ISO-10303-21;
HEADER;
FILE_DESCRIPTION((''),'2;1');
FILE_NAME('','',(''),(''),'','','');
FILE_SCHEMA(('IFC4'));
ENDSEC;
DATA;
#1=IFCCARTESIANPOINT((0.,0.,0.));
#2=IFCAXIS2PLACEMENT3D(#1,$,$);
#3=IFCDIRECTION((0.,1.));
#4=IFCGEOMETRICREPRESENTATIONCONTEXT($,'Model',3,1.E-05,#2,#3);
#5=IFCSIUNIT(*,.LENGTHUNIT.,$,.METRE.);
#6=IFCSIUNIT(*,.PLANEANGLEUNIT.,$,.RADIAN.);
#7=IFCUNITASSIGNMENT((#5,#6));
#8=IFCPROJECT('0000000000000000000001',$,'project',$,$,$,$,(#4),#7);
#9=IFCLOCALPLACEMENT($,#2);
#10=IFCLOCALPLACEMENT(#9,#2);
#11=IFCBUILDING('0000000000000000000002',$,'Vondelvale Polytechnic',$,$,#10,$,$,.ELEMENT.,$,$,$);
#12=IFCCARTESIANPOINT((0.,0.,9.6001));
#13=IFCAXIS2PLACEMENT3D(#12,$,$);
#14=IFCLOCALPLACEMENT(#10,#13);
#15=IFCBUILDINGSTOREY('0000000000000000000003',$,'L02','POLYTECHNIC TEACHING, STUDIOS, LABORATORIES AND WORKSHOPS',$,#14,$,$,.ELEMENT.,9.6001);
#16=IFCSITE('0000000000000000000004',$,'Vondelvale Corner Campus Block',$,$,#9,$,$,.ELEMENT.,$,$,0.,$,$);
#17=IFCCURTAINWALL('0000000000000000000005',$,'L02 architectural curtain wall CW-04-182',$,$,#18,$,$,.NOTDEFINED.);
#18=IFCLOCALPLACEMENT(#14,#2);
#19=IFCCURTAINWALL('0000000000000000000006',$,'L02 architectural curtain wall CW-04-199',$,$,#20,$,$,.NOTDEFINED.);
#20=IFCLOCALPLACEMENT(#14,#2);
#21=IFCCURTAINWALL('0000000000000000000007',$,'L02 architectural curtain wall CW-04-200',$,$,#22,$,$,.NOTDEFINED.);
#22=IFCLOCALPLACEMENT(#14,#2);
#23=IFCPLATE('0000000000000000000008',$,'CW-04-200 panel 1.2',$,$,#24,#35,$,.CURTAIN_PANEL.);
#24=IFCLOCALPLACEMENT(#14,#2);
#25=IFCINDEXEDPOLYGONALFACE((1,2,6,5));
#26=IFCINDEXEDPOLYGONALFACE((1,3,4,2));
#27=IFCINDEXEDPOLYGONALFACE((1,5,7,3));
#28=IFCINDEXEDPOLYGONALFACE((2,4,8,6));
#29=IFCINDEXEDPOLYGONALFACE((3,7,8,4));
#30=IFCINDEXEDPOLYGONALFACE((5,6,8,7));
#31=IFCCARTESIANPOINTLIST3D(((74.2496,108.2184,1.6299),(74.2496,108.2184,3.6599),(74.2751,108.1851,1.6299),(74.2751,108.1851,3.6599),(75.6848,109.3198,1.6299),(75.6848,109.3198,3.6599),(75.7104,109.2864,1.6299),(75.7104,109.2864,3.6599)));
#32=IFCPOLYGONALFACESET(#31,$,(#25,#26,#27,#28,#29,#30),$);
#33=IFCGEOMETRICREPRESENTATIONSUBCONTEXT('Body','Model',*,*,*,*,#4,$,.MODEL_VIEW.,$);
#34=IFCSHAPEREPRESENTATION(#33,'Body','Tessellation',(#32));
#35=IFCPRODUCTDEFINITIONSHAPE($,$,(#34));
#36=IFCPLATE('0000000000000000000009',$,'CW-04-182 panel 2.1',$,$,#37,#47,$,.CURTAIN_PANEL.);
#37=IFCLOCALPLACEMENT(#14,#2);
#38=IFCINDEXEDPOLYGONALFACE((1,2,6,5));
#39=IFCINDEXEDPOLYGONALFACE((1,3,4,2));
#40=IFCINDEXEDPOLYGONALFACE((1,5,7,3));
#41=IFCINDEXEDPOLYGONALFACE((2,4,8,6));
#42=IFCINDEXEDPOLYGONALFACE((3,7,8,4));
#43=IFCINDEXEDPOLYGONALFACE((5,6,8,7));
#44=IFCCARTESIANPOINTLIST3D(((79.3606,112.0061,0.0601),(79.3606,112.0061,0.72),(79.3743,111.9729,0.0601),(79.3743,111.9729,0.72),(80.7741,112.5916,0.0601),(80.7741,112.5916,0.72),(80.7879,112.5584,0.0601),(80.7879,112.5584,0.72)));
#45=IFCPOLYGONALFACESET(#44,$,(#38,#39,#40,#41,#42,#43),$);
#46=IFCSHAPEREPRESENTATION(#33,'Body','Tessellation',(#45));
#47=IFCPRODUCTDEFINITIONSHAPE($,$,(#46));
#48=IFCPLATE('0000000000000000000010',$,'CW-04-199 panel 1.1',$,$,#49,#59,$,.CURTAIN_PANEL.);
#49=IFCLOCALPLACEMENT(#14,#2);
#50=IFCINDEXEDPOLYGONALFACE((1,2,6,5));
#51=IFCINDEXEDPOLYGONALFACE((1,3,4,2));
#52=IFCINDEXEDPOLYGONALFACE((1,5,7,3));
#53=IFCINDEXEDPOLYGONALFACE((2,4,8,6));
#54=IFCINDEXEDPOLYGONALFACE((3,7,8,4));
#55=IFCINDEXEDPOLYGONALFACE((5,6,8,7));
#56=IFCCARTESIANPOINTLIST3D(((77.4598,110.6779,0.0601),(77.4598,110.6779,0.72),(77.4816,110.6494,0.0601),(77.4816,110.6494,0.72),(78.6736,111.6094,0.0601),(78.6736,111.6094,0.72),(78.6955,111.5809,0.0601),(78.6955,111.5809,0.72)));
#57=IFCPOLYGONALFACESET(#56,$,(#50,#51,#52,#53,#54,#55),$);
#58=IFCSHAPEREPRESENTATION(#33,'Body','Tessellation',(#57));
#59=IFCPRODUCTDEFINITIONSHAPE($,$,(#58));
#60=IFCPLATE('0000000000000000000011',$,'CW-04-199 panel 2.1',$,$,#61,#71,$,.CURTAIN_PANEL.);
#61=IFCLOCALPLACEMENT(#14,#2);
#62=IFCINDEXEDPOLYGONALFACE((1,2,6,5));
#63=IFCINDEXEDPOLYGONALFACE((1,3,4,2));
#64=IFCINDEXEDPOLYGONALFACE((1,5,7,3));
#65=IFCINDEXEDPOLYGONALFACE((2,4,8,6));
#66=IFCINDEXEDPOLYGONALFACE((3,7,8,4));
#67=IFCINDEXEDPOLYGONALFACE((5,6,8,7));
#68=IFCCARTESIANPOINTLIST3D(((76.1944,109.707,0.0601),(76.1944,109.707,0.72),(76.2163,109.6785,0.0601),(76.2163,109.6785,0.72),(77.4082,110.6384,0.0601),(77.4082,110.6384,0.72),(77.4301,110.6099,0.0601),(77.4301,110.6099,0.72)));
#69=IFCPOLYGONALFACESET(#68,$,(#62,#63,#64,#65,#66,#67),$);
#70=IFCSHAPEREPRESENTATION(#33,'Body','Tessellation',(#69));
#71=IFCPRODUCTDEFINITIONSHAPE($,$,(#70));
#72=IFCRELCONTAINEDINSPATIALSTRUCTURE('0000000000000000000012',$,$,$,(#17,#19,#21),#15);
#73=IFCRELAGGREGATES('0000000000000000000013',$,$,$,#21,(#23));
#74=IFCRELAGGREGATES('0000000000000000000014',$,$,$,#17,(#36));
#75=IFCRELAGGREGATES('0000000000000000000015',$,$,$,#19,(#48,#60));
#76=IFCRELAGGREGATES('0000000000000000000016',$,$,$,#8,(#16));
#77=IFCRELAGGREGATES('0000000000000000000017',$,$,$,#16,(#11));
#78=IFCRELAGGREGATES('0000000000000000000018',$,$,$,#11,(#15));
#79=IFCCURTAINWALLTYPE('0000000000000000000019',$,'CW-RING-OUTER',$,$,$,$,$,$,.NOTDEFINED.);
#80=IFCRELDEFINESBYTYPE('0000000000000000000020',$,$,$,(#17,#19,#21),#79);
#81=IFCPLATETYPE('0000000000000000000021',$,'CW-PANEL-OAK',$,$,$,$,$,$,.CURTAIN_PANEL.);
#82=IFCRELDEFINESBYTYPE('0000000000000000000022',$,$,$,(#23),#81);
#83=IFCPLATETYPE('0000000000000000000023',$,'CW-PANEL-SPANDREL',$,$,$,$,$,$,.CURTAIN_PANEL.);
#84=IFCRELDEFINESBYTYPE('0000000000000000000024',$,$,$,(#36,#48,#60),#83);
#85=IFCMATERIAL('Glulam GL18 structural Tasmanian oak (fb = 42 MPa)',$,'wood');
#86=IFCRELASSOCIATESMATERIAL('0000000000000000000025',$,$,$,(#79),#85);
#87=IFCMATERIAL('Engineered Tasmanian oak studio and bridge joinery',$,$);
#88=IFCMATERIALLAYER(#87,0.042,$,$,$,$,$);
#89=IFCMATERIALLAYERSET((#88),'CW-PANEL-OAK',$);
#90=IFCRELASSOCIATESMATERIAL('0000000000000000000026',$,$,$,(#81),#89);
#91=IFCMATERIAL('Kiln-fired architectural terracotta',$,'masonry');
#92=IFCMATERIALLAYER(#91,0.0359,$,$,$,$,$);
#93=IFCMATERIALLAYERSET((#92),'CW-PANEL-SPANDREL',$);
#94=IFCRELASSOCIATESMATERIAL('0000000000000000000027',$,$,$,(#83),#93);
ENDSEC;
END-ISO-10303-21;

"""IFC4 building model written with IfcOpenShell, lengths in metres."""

from ifc_helpers import new_model, si_unit, direction, frame, origin, origin_2d, place, context, subcontext, project, spatial, rectangle, extrude, material, layer, layer_set, type_object, element, aggregate, save


model = new_model("IFC4")

# Units and contexts
model_context = context("Model", 3, precision=1e-05, world=origin(), true_north=direction((0.0, 1.0)))
body_context = subcontext(model_context, "Body", "Model", "MODEL_VIEW")
ifc_project = project(units=[si_unit("LENGTHUNIT", "METRE"), si_unit("PLANEANGLEUNIT", "RADIAN")], contexts=[model_context])

# Site, building, storey
site_placement = place(None, origin())
site = spatial("IfcSite", under=ifc_project, at=site_placement, Name="Vondelvale Corner Campus Block", CompositionType="ELEMENT", RefElevation=0.0)
building_placement = place(site_placement, origin())
building = spatial("IfcBuilding", under=site, at=building_placement, Name="Vondelvale Polytechnic", CompositionType="ELEMENT")
storey_placement = place(building_placement, frame((0.0, 0.0, 9.6001)))
storey = spatial("IfcBuildingStorey", under=building, at=storey_placement, Name="L02", Description="POLYTECHNIC TEACHING, STUDIOS, LABORATORIES AND WORKSHOPS", CompositionType="ELEMENT", Elevation=9.6001)

# Shared definitions
ifc_material_1 = material(Name="Glulam GL18 structural Tasmanian oak (fb = 42 MPa)", Category="wood")

# Curtain wall
curtain_wall_type = type_object("IfcCurtainWallType", Name="CW-RING-OUTER", PredefinedType="NOTDEFINED", material=ifc_material_1)
curtain_wall_1_placement = place(storey_placement, origin())
curtain_wall_1 = element("IfcCurtainWall", 1, at=curtain_wall_1_placement, inside=storey, type_object=curtain_wall_type, Name="L02 architectural curtain wall CW-04-182", PredefinedType="NOTDEFINED")

# Curtain wall
curtain_wall_2_placement = place(storey_placement, origin())
curtain_wall_2 = element("IfcCurtainWall", 2, at=curtain_wall_2_placement, inside=storey, type_object=curtain_wall_type, Name="L02 architectural curtain wall CW-04-199", PredefinedType="NOTDEFINED")

# Curtain wall
curtain_wall_3_placement = place(storey_placement, origin())
curtain_wall_3 = element("IfcCurtainWall", 3, at=curtain_wall_3_placement, inside=storey, type_object=curtain_wall_type, Name="L02 architectural curtain wall CW-04-200", PredefinedType="NOTDEFINED")

# Plates
ifc_material_2 = material(Name="Engineered Tasmanian oak studio and bridge joinery")
ifc_layer_1 = layer(ifc_material_2, 0.042)
ifc_layer_set_1 = layer_set([ifc_layer_1], Name="CW-PANEL-OAK")
plate_type_1 = type_object("IfcPlateType", Name="CW-PANEL-OAK", PredefinedType="CURTAIN_PANEL", material=ifc_layer_set_1)
plate_1_placement = place(storey_placement, frame((74.98, 108.7524, 1.6299), z_axis=(0.0, 0.0, 1.0), x_axis=(-0.793346, -0.608771, 0.0)))
plate_1 = element("IfcPlate", 4, at=plate_1_placement, type_object=plate_type_1, Name="CW-04-200 panel 1.2", PredefinedType="CURTAIN_PANEL", context=body_context, shape_type="SweptSolid", body=[
    extrude(rectangle(XDim=1.8091, YDim=0.042, at=origin_2d()), origin(), (0.0, 0.0, 1.0), 2.03),
])
aggregate(curtain_wall_3, [plate_1])
ifc_material_3 = material(Name="Kiln-fired architectural terracotta", Category="masonry")
ifc_layer_2 = layer(ifc_material_3, 0.0359)
ifc_layer_set_2 = layer_set([ifc_layer_2], Name="CW-PANEL-SPANDREL")
plate_type_2 = type_object("IfcPlateType", Name="CW-PANEL-SPANDREL", PredefinedType="CURTAIN_PANEL", material=ifc_layer_set_2)
plate_2_placement = place(storey_placement, frame((80.0742, 112.2822, 0.0601), z_axis=(0.0, 0.0, 1.0), x_axis=(-0.923882, -0.382677, 0.0)))
plate_2 = element("IfcPlate", 5, at=plate_2_placement, type_object=plate_type_2, Name="CW-04-182 panel 2.1", PredefinedType="CURTAIN_PANEL", context=body_context, shape_type="SweptSolid", body=[
    extrude(rectangle(XDim=1.53, YDim=0.0359, at=origin_2d()), origin(), (0.0, 0.0, 1.0), 0.6599),
])
aggregate(curtain_wall_1, [plate_2])
plate_3_placement = place(storey_placement, frame((78.0776, 111.1294, 0.0601), z_axis=(0.0, 0.0, 1.0), x_axis=(-0.793334, -0.608787, 0.0)))
plate_3 = element("IfcPlate", 6, at=plate_3_placement, type_object=plate_type_2, Name="CW-04-199 panel 1.1", PredefinedType="CURTAIN_PANEL", context=body_context, shape_type="SweptSolid", body=[
    extrude(rectangle(XDim=1.53, YDim=0.0359, at=origin_2d()), origin(), (0.0, 0.0, 1.0), 0.6599),
])
plate_4_placement = place(storey_placement, frame((76.8123, 110.1584, 0.0601), z_axis=(0.0, 0.0, 1.0), x_axis=(-0.793334, -0.608787, 0.0)))
plate_4 = element("IfcPlate", 7, at=plate_4_placement, type_object=plate_type_2, Name="CW-04-199 panel 2.1", PredefinedType="CURTAIN_PANEL", context=body_context, shape_type="SweptSolid", body=[
    extrude(rectangle(XDim=1.53, YDim=0.0359, at=origin_2d()), origin(), (0.0, 0.0, 1.0), 0.6599),
])
aggregate(curtain_wall_2, [plate_3, plate_4])

save(model, "model.ifc")
